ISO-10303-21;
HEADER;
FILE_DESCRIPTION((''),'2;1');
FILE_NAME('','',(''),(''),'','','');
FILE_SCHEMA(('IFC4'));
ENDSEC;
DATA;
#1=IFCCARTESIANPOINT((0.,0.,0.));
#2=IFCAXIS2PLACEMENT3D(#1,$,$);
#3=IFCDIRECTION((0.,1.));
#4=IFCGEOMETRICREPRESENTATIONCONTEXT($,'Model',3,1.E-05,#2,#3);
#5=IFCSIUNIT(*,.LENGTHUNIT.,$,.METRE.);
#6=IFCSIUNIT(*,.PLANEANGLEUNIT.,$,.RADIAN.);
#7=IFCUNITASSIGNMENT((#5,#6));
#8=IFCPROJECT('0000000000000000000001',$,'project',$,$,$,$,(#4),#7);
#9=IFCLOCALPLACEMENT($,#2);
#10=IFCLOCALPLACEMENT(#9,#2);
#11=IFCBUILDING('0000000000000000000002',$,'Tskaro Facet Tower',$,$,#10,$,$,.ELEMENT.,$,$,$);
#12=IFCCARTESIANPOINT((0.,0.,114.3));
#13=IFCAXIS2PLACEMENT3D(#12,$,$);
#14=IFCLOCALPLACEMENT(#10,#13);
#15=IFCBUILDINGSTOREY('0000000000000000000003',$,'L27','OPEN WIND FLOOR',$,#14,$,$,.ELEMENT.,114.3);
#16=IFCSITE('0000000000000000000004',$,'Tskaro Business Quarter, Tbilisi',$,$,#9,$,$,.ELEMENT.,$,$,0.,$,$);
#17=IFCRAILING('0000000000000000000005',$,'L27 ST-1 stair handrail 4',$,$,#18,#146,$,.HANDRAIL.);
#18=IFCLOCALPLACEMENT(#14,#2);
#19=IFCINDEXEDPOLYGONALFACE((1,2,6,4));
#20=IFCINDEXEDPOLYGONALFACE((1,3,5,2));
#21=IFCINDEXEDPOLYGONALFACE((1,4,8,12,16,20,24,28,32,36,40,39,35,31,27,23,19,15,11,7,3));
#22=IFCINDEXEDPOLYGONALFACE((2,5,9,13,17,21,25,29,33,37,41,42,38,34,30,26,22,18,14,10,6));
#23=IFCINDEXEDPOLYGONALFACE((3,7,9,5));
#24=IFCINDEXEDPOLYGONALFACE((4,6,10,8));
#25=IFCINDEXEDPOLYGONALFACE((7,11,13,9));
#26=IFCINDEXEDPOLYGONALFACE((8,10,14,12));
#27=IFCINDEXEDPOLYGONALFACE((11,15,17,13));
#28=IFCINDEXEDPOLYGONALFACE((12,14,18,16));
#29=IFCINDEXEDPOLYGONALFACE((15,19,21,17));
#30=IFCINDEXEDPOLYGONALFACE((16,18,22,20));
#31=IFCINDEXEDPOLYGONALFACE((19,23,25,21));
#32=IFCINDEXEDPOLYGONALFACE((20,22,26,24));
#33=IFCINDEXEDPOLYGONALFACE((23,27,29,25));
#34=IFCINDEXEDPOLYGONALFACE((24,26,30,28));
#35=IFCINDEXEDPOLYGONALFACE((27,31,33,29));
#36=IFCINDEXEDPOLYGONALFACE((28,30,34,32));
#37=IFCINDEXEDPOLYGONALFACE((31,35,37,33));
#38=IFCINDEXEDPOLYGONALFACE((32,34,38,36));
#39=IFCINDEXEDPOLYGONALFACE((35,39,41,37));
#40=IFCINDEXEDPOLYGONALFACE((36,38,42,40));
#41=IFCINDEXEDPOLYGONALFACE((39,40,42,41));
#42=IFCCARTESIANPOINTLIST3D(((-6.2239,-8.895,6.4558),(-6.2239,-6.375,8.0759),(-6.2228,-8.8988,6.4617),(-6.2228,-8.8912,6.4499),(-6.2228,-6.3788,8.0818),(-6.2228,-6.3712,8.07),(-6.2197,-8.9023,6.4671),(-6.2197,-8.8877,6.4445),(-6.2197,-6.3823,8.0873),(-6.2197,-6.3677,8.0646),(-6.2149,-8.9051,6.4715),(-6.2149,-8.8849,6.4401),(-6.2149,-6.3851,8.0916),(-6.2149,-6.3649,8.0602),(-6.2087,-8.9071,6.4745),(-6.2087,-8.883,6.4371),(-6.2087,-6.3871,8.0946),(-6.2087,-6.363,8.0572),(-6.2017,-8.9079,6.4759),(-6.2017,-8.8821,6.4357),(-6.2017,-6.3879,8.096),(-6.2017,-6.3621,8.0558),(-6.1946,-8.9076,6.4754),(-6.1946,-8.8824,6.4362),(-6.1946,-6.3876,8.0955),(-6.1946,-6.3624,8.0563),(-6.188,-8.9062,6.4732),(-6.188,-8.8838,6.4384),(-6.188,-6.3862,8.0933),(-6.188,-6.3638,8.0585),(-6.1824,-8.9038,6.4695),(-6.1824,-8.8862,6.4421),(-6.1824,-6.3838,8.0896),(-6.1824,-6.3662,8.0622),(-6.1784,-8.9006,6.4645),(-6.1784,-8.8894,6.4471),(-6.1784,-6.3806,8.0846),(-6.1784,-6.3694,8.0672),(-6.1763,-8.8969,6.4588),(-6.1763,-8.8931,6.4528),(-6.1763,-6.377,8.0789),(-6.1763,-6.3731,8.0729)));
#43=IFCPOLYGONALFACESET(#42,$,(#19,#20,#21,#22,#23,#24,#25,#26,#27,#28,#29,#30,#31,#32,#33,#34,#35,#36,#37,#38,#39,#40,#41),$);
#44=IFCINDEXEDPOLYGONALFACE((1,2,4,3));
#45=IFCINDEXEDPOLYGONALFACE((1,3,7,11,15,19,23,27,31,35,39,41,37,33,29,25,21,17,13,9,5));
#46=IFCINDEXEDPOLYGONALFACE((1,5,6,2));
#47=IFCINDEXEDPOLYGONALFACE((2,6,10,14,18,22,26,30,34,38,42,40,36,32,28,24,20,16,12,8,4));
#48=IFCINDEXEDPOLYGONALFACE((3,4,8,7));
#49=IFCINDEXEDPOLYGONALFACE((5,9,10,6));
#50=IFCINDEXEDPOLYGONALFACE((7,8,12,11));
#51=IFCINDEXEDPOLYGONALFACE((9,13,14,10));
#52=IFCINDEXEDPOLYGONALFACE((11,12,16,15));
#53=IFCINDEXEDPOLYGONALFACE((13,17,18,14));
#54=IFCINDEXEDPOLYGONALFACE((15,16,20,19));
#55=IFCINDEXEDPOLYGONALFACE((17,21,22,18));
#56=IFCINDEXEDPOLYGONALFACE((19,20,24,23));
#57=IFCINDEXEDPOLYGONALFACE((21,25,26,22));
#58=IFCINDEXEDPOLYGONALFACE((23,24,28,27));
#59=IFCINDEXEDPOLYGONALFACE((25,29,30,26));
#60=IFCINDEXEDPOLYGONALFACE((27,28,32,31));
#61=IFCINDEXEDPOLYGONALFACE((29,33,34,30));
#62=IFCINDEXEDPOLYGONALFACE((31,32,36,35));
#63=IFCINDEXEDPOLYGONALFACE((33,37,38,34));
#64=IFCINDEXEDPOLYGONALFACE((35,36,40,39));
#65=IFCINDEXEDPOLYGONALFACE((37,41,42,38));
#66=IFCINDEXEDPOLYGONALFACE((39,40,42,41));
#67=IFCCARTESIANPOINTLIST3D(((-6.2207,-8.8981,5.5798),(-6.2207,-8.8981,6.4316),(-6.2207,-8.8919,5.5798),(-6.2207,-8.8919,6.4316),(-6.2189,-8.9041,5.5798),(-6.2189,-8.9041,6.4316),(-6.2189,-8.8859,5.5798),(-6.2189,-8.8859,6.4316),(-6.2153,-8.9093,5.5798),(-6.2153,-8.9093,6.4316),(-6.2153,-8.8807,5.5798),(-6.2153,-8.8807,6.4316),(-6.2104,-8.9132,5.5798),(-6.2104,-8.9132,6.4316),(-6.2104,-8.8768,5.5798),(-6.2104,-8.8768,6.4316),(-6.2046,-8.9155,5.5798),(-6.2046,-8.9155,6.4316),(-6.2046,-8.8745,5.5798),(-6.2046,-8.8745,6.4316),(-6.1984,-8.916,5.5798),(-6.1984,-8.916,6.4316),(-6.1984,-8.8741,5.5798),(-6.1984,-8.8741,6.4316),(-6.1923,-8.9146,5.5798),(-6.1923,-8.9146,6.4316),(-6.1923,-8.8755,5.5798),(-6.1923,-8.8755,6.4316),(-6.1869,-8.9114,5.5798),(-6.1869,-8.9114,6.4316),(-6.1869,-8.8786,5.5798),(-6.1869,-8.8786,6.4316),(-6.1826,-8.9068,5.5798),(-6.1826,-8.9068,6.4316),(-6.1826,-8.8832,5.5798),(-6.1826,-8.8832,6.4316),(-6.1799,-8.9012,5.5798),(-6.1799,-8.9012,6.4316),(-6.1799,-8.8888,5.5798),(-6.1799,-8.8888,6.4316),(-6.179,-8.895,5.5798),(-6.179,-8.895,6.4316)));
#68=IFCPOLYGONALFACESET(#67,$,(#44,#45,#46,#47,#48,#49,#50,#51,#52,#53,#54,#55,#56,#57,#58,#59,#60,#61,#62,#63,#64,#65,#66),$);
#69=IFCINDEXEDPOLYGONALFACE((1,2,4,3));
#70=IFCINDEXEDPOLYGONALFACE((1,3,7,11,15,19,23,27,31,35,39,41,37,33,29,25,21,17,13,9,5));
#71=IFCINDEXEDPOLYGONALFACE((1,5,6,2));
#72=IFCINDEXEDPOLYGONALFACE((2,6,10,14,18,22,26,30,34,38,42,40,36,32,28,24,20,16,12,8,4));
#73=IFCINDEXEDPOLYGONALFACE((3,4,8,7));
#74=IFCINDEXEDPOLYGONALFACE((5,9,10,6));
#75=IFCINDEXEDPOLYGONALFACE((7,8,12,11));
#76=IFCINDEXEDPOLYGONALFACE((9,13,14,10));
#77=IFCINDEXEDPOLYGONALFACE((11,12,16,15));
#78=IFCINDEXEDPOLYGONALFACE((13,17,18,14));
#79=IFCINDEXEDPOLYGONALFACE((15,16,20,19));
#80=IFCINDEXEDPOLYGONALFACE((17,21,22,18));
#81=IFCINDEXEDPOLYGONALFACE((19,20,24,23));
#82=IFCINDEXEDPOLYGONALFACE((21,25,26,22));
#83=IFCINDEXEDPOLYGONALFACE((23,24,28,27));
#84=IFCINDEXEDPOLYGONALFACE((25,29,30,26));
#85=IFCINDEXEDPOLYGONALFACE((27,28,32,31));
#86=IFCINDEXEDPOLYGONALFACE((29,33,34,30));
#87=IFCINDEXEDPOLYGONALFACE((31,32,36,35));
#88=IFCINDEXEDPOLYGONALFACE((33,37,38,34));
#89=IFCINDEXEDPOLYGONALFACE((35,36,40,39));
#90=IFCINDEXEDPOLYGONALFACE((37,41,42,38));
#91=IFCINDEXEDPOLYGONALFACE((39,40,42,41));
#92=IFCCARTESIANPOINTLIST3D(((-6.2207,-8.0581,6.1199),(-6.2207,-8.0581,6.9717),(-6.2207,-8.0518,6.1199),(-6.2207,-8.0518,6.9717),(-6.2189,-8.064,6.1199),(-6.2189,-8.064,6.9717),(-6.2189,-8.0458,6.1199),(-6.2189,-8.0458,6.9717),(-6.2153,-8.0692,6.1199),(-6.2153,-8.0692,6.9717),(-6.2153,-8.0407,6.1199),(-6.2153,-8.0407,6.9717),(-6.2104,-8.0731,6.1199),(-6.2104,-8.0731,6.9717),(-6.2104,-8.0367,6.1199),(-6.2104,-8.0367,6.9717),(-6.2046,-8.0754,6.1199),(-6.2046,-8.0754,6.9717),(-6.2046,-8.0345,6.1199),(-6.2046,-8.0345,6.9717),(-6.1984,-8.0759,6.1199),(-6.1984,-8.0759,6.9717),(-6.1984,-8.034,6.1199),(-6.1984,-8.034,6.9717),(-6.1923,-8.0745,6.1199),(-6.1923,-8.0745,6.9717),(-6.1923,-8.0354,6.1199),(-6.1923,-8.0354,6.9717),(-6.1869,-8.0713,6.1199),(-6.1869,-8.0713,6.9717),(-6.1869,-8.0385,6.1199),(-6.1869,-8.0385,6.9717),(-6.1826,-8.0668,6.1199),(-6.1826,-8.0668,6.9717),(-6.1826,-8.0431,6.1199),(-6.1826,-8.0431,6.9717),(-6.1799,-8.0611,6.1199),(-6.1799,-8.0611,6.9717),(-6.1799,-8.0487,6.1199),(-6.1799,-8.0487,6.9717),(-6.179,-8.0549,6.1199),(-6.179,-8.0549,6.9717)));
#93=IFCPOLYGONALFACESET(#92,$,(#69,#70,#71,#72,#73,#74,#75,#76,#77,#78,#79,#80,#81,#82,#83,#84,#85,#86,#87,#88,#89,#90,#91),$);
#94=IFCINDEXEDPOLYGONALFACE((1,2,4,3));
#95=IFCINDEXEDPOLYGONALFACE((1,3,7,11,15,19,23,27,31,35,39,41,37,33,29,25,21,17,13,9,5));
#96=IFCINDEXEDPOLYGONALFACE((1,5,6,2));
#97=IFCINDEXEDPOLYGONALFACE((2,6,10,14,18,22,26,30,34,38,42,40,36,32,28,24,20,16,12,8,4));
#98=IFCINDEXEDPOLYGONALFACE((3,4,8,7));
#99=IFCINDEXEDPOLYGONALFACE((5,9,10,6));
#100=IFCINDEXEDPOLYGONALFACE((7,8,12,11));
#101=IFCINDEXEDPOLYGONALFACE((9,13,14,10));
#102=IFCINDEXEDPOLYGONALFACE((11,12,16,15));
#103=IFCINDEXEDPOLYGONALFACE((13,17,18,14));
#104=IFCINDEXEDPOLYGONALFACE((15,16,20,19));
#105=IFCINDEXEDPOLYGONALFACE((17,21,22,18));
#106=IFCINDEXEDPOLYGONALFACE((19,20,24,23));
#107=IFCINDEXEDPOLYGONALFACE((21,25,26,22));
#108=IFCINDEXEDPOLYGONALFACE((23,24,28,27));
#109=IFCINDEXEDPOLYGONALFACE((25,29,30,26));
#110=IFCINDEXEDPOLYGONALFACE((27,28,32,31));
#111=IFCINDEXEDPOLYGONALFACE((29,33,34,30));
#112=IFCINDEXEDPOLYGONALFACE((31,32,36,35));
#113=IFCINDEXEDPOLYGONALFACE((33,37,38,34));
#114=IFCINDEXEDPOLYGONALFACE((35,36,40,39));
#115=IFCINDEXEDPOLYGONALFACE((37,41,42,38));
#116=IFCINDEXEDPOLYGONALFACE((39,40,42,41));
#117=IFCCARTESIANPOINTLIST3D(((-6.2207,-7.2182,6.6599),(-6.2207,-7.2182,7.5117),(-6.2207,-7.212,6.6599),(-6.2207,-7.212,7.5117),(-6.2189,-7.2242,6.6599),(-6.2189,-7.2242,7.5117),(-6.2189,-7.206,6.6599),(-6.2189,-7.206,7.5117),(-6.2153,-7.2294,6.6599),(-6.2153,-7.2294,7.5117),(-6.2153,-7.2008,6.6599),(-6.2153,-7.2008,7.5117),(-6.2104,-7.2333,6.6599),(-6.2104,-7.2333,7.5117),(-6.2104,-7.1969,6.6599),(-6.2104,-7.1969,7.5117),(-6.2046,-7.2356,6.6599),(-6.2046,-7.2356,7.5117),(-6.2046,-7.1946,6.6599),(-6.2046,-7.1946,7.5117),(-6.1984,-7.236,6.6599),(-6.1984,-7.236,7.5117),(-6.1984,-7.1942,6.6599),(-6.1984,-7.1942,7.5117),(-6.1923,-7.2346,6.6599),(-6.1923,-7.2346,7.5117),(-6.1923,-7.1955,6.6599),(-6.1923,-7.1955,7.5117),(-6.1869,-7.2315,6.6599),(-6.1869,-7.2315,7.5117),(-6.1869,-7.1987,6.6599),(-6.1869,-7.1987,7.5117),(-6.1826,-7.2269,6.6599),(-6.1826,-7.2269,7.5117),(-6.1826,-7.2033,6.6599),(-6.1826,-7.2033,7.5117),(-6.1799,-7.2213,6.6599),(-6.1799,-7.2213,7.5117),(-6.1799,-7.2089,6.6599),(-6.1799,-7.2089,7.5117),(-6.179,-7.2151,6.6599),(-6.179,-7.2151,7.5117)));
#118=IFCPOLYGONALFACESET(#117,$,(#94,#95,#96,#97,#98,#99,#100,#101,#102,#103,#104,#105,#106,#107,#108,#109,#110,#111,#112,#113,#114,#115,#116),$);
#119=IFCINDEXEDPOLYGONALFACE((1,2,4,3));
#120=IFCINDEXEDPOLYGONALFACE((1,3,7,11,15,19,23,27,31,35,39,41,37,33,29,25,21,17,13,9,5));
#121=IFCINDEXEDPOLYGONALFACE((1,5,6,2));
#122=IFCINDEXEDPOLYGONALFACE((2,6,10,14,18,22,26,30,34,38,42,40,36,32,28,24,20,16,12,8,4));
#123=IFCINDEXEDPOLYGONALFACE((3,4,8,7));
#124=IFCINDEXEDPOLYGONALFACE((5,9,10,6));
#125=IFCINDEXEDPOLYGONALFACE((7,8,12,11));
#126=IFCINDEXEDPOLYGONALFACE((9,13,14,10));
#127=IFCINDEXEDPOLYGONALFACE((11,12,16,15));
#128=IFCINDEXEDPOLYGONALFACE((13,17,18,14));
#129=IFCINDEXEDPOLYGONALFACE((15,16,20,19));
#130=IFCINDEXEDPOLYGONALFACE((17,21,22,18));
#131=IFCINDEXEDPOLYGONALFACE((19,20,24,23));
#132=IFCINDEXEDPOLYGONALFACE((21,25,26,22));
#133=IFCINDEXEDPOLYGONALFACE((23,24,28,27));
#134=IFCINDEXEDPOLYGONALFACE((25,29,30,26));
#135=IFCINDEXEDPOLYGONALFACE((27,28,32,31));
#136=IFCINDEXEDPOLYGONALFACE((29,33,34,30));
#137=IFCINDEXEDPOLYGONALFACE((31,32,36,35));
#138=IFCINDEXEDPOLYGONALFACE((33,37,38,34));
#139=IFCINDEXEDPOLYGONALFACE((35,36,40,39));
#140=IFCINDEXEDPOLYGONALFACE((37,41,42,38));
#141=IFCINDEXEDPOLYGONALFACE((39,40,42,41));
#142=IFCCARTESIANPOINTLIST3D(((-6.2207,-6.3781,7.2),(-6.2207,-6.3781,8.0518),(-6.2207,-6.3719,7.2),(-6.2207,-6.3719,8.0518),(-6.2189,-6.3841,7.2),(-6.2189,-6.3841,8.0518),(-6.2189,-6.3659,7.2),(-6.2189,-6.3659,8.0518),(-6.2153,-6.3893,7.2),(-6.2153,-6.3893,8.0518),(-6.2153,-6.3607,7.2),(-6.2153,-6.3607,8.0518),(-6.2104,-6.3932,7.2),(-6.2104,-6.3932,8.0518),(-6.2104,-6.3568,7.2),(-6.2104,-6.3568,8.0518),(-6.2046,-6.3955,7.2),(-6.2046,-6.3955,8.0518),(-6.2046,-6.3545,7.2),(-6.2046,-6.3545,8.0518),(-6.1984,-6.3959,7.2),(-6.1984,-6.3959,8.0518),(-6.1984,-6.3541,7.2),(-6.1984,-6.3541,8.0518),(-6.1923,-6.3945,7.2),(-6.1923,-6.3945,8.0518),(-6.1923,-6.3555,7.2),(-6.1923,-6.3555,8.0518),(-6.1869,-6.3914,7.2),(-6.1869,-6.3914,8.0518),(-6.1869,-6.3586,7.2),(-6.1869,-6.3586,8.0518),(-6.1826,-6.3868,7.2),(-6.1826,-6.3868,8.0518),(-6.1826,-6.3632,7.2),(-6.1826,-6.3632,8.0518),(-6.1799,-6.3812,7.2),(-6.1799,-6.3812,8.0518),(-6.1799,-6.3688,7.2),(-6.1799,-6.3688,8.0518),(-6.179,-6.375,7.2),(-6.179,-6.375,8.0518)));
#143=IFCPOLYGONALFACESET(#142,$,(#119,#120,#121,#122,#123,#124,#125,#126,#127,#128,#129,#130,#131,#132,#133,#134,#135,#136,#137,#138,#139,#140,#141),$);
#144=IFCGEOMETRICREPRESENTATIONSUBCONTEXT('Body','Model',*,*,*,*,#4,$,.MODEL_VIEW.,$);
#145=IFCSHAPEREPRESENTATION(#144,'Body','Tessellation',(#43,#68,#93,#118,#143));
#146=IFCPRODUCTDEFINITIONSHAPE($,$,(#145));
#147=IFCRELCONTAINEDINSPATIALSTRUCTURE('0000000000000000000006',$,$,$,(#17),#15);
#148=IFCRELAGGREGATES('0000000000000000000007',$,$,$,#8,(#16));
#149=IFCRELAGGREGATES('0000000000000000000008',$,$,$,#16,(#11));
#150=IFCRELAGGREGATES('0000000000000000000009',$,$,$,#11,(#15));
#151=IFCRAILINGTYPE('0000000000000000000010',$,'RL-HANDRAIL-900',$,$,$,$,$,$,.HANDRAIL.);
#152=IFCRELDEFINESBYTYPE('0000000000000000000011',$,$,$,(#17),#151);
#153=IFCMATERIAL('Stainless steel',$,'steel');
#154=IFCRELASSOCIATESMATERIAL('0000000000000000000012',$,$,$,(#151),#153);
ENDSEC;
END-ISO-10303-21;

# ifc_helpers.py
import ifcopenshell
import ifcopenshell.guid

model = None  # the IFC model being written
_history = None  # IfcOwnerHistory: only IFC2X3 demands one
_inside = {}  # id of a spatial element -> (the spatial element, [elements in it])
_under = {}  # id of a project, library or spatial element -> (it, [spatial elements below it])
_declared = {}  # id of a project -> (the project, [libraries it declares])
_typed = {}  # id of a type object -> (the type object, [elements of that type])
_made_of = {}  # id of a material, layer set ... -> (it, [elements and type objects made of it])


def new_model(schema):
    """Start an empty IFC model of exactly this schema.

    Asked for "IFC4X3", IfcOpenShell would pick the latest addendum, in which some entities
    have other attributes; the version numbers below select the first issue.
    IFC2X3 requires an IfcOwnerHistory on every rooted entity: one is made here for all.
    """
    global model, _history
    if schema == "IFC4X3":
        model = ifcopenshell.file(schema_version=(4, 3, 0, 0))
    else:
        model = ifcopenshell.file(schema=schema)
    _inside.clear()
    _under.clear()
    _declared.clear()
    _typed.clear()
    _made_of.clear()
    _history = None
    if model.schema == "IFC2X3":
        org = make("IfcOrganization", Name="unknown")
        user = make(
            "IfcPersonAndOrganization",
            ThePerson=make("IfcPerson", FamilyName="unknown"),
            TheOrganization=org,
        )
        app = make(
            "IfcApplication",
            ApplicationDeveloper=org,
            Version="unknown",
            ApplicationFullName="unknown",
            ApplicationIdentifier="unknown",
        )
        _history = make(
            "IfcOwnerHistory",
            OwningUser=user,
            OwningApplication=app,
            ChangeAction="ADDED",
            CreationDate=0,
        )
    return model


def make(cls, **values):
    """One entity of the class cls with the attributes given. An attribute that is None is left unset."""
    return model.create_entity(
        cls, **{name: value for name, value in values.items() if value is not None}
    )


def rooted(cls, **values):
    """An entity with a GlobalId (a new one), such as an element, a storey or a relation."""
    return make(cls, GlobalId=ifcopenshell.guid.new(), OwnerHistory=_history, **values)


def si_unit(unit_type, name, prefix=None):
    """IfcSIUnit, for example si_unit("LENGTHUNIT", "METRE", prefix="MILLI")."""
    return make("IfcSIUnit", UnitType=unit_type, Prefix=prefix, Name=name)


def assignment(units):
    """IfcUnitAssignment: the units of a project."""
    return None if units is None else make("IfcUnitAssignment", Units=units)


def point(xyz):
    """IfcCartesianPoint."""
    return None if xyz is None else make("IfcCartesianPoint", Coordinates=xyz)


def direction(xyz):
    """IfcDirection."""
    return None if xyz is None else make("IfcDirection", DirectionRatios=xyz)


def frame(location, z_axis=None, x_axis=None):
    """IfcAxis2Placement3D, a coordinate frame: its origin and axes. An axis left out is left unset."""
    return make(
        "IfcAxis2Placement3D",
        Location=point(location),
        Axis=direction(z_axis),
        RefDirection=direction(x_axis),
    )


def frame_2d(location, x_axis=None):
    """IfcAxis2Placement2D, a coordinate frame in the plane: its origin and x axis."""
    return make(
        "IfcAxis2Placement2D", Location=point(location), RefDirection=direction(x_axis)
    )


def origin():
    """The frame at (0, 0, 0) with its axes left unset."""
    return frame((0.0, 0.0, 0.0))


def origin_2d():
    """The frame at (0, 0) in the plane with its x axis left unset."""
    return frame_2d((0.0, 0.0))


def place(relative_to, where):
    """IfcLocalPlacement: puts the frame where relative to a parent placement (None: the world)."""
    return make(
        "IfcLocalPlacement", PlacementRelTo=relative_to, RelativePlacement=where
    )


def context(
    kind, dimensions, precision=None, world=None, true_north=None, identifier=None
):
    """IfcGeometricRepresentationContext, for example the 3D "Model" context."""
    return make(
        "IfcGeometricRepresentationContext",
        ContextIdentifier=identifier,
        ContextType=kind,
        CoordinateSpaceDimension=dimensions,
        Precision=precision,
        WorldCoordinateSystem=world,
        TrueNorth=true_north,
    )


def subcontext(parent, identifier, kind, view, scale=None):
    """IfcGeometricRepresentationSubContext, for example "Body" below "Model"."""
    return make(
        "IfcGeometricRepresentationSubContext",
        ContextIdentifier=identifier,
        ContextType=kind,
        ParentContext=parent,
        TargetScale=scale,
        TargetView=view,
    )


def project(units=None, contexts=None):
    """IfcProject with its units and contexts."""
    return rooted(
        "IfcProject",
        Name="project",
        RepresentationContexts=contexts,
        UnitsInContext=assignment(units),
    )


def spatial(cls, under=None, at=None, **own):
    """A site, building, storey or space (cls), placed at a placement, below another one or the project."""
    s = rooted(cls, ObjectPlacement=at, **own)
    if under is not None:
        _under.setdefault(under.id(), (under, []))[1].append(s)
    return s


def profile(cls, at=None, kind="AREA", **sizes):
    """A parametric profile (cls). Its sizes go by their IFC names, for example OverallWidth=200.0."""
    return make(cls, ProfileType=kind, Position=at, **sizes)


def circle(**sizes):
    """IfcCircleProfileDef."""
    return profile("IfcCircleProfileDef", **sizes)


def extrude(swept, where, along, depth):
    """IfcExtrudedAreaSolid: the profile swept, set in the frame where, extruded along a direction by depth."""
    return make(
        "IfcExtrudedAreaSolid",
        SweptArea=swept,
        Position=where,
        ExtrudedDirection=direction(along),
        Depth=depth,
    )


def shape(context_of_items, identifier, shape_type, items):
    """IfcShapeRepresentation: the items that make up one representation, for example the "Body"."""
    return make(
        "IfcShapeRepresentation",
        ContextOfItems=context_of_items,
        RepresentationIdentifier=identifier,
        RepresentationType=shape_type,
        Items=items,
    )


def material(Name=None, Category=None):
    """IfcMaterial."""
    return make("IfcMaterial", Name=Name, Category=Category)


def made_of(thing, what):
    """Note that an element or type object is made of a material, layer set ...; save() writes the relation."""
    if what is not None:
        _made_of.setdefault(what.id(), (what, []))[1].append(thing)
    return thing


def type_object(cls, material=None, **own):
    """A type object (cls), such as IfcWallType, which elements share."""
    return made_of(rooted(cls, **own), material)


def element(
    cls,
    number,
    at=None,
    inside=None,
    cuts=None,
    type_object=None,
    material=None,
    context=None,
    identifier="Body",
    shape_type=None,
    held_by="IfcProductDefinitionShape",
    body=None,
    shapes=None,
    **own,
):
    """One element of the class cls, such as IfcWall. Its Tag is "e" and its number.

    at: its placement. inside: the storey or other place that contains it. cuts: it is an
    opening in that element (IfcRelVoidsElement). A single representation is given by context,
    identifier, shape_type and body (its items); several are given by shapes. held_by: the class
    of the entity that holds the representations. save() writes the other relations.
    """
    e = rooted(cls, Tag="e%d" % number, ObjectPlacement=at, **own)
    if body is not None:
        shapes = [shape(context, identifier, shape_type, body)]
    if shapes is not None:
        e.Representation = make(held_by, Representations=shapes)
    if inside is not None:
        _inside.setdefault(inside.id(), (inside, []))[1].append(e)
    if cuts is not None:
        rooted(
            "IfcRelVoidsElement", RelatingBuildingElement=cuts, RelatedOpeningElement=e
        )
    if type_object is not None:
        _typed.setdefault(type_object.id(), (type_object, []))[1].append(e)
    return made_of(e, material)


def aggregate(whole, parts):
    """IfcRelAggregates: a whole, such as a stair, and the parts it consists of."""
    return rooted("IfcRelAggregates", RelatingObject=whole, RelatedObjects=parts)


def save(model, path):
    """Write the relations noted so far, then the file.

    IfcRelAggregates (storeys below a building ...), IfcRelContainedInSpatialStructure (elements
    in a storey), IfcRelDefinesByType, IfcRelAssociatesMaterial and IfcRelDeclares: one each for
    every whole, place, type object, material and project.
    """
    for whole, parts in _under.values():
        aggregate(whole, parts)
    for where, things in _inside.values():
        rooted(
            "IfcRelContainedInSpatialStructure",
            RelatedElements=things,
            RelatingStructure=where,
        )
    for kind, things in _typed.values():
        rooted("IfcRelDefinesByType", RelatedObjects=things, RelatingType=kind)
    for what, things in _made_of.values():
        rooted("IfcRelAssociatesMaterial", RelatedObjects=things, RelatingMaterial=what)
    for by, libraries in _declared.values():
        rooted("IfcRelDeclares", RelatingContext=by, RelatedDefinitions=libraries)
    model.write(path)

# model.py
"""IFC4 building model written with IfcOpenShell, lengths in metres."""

from ifc_helpers import new_model, si_unit, direction, frame, origin, origin_2d, place, context, subcontext, project, spatial, circle, extrude, material, type_object, element, save


model = new_model("IFC4")

# Units and contexts
model_context = context("Model", 3, precision=1e-05, world=origin(), true_north=direction((0.0, 1.0)))
body_context = subcontext(model_context, "Body", "Model", "MODEL_VIEW")
ifc_project = project(units=[si_unit("LENGTHUNIT", "METRE"), si_unit("PLANEANGLEUNIT", "RADIAN")], contexts=[model_context])

# Site, building, storey
site_placement = place(None, origin())
site = spatial("IfcSite", under=ifc_project, at=site_placement, Name="Tskaro Business Quarter, Tbilisi", CompositionType="ELEMENT", RefElevation=0.0)
building_placement = place(site_placement, origin())
building = spatial("IfcBuilding", under=site, at=building_placement, Name="Tskaro Facet Tower", CompositionType="ELEMENT")
storey_placement = place(building_placement, frame((0.0, 0.0, 114.3)))
storey = spatial("IfcBuildingStorey", under=building, at=storey_placement, Name="L27", Description="OPEN WIND FLOOR", CompositionType="ELEMENT", Elevation=114.3)

# Shared definitions
ifc_material_1 = material(Name="Stainless steel", Category="steel")

# Railing
railing_type_1 = type_object("IfcRailingType", Name="RL-HANDRAIL-900", PredefinedType="HANDRAIL", material=ifc_material_1)
railing_1_placement = place(storey_placement, frame((-6.2, -8.895, 5.5798)))
element("IfcRailing", 1, at=railing_1_placement, inside=storey, type_object=railing_type_1, Name="L27 ST-1 stair handrail 4", PredefinedType="HANDRAIL", context=body_context, shape_type="SweptSolid", body=[
    extrude(circle(Radius=0.0239, at=origin_2d()), frame((0.0, 0.0, 0.876), z_axis=(0.0, 0.841163, 0.540782), x_axis=(-1.0, 0.0, 0.0)), (0.0, 0.0, 1.0), 2.9958),
    extrude(circle(Radius=0.021, at=origin_2d()), origin(), (0.0, 0.0, 1.0), 0.8518),
    extrude(circle(Radius=0.021, at=origin_2d()), frame((0.0, 0.8401, 0.54)), (0.0, 0.0, 1.0), 0.8518),
    extrude(circle(Radius=0.021, at=origin_2d()), frame((0.0, 1.6799, 1.0801)), (0.0, 0.0, 1.0), 0.8518),
    extrude(circle(Radius=0.021, at=origin_2d()), frame((0.0, 2.52, 1.6201)), (0.0, 0.0, 1.0), 0.8518),
])

save(model, "model.ifc")
